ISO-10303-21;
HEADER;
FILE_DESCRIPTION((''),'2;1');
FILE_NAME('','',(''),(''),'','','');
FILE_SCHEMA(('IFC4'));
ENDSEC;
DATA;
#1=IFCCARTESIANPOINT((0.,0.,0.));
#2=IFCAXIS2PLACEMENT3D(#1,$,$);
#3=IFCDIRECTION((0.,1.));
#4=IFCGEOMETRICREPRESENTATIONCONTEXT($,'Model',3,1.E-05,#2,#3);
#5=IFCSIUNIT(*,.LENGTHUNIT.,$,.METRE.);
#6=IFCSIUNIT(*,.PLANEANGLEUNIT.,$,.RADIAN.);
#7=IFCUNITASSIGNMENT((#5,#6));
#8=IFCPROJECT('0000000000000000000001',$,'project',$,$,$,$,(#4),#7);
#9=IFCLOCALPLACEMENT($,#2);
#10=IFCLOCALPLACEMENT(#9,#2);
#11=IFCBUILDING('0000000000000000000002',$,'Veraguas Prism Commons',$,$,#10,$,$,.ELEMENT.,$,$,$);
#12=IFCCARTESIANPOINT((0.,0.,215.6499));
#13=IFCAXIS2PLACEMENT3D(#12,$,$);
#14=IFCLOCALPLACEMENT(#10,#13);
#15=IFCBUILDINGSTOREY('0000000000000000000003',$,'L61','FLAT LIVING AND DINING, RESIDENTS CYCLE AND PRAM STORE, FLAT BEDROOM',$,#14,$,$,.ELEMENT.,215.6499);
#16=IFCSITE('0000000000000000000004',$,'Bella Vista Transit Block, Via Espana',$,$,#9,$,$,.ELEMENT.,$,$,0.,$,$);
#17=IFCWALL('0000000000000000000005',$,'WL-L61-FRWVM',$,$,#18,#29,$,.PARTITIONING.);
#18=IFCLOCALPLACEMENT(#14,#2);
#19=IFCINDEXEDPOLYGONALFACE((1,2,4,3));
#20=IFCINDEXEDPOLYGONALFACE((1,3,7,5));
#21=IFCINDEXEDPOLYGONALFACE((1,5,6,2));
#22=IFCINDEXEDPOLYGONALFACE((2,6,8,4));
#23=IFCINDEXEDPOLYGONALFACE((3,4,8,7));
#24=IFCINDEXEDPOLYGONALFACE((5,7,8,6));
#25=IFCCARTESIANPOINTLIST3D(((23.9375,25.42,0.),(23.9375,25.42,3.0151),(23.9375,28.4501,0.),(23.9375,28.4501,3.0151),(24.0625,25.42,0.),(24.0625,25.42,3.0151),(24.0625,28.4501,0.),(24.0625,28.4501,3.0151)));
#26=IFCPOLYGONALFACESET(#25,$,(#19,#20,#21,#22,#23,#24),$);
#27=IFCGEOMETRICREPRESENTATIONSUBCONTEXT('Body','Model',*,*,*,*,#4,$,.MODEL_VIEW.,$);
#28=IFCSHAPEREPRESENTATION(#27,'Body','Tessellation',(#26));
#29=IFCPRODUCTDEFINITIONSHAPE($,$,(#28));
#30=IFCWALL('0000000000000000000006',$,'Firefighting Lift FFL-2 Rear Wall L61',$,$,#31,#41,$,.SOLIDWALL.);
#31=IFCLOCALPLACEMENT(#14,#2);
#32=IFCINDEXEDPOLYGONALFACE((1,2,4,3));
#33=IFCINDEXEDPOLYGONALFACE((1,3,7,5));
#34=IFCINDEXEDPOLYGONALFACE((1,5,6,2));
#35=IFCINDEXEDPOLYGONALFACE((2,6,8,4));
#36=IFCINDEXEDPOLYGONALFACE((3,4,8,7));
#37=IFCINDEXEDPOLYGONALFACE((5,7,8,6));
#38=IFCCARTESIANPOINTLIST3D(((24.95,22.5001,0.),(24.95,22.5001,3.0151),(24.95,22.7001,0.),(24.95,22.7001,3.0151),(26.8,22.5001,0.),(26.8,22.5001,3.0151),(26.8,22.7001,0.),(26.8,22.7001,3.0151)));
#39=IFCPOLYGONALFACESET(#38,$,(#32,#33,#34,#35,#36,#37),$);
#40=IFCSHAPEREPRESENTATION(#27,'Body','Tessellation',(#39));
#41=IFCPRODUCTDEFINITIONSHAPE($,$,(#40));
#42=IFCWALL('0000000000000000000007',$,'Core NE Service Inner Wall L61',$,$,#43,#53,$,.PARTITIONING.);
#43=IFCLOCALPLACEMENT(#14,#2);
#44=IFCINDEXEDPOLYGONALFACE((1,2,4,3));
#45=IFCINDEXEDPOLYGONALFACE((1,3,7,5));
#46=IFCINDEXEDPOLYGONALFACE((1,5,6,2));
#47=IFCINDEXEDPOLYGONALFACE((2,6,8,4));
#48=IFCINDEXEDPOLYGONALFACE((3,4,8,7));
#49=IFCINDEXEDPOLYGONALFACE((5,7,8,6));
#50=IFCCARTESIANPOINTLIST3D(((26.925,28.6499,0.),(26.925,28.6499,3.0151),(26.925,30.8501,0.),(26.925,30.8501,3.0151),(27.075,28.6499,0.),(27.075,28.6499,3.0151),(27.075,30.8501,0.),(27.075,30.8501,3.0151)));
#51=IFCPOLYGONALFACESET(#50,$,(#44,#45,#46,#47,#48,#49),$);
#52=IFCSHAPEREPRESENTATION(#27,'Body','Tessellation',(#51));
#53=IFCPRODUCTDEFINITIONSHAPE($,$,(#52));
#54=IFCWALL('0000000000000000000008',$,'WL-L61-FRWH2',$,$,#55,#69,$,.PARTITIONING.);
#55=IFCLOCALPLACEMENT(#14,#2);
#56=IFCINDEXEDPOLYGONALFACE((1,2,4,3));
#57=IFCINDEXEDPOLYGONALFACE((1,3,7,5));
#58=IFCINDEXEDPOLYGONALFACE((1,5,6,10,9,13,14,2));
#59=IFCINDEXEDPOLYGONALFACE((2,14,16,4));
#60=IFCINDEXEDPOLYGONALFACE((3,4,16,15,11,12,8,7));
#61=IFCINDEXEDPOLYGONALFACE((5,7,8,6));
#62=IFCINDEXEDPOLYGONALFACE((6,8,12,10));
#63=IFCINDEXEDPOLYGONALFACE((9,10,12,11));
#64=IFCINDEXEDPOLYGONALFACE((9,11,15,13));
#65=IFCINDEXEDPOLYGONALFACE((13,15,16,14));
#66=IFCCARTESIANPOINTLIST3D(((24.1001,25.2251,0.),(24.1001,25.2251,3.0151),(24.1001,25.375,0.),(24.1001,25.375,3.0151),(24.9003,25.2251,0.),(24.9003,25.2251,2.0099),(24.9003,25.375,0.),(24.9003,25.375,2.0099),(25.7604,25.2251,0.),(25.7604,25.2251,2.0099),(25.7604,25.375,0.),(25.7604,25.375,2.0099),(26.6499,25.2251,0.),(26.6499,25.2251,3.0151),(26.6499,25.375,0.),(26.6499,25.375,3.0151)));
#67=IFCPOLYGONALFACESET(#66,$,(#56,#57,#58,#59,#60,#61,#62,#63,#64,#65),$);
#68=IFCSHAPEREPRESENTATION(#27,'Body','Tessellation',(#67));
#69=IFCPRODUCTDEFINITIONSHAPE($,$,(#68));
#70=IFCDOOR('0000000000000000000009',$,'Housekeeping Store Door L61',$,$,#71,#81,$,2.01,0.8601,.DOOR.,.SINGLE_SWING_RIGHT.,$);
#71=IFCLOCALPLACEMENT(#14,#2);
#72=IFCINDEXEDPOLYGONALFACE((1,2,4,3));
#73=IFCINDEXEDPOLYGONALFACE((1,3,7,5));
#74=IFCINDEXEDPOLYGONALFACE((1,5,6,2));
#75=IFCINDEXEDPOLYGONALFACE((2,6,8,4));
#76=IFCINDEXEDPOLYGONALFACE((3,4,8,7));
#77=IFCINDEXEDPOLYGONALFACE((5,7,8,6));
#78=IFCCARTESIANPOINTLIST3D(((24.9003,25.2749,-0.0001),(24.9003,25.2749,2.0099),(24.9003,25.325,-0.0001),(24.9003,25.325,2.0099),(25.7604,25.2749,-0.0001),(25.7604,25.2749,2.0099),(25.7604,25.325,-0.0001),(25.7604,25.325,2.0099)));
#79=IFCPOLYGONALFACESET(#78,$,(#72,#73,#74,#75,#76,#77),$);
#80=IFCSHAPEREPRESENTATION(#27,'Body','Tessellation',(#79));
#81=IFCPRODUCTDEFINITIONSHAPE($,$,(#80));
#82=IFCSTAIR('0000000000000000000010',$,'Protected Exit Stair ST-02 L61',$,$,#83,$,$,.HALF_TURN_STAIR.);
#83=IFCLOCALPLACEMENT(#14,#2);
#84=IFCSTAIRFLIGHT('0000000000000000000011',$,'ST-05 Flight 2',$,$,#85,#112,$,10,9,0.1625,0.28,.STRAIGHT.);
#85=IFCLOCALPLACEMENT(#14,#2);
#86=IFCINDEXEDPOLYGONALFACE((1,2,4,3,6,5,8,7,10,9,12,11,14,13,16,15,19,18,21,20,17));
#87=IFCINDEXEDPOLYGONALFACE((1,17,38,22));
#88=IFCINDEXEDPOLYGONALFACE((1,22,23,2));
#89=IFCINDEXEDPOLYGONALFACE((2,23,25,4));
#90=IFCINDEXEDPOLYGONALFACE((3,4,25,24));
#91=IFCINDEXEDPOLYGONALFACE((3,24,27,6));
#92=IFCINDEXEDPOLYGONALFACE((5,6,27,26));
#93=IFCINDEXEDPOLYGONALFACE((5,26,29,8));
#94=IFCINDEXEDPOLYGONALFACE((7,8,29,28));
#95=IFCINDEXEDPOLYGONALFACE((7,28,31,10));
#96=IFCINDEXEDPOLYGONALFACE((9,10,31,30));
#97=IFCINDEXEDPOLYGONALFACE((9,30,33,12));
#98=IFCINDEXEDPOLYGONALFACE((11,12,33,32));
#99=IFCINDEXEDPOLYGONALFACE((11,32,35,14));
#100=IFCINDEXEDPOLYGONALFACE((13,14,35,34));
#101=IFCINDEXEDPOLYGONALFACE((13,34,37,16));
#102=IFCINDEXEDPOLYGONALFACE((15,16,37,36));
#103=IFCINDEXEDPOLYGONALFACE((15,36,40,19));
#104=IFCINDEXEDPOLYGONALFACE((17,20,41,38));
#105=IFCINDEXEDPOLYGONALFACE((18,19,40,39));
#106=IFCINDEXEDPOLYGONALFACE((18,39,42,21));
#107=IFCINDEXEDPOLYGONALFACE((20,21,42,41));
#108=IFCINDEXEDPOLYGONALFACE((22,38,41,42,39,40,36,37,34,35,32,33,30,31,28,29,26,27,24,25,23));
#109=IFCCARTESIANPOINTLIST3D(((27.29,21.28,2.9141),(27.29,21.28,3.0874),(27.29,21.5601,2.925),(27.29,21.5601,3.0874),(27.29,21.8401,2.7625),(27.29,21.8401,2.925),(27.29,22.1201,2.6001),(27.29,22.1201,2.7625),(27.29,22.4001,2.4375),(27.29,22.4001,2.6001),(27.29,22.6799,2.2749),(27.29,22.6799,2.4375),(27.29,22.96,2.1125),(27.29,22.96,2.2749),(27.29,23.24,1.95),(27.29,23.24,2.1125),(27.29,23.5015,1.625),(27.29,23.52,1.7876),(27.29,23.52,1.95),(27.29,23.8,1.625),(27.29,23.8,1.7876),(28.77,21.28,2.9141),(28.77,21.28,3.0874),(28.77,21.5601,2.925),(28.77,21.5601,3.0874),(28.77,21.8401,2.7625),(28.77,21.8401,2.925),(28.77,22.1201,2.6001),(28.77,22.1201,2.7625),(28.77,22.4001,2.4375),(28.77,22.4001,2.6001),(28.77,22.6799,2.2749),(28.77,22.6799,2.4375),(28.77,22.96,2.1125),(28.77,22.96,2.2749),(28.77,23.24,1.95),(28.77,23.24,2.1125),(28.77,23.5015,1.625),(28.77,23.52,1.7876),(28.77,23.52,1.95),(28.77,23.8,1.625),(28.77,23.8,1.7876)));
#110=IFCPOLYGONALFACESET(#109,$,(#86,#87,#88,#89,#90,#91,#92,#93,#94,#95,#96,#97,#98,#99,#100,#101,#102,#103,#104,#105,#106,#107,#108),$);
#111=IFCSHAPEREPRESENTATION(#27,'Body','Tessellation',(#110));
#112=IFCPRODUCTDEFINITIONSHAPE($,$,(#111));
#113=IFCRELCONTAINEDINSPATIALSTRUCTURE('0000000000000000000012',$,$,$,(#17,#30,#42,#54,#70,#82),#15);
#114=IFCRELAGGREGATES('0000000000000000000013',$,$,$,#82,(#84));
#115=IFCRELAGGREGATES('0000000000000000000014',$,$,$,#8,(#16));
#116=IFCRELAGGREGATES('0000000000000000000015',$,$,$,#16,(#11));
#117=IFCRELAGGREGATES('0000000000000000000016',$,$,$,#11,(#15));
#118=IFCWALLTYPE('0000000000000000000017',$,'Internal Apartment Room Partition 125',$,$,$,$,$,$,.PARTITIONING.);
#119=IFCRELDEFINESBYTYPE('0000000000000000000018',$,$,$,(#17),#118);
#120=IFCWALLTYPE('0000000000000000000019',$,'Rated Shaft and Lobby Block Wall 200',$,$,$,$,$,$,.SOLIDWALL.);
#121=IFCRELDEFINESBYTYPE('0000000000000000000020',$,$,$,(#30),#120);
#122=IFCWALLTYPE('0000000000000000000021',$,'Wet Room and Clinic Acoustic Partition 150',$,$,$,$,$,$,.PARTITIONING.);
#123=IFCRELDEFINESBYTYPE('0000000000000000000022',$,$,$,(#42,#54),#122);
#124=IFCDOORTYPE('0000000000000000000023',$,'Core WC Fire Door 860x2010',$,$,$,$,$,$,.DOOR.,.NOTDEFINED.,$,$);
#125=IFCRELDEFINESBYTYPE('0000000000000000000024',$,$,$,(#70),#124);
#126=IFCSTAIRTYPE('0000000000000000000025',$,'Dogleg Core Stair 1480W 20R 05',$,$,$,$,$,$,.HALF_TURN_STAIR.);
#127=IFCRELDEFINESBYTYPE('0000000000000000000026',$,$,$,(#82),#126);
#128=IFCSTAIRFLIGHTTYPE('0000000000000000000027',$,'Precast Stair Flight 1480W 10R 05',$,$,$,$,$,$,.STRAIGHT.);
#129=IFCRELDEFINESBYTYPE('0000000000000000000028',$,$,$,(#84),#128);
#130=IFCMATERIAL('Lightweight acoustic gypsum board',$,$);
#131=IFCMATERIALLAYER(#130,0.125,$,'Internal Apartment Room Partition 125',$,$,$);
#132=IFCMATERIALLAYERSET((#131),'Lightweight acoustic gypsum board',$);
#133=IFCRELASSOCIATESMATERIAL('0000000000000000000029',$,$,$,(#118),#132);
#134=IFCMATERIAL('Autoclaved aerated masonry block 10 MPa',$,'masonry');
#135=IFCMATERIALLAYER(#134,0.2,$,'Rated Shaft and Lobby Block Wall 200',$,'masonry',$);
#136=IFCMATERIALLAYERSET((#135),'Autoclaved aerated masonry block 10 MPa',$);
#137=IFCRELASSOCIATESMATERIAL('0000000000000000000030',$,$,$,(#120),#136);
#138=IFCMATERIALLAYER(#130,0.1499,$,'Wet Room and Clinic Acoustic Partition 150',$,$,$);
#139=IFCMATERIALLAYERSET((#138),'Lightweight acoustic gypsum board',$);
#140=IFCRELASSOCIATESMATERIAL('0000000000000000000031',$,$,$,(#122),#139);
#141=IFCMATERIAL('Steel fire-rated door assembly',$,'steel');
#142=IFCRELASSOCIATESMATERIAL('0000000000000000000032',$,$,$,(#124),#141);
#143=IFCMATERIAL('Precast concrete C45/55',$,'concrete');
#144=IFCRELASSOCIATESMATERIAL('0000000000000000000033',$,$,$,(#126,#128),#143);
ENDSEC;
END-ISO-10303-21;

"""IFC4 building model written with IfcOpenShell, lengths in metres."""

from ifc_helpers import new_model, si_unit, direction, frame, frame_2d, origin, place, context, subcontext, project, spatial, polyline, rectangle, outline, extrude, source, transform, mapped, material, layer, layer_set, type_object, element, fill, aggregate, save


model = new_model("IFC4")

# Units and contexts
model_context = context("Model", 3, precision=1e-05, world=origin(), true_north=direction((0.0, 1.0)))
body_context = subcontext(model_context, "Body", "Model", "MODEL_VIEW")
ifc_project = project(units=[si_unit("LENGTHUNIT", "METRE"), si_unit("PLANEANGLEUNIT", "RADIAN")], contexts=[model_context])

# Site, building, storey
site_placement = place(None, origin())
site = spatial("IfcSite", under=ifc_project, at=site_placement, Name="Bella Vista Transit Block, Via Espana", CompositionType="ELEMENT", RefElevation=0.0)
building_placement = place(site_placement, origin())
building = spatial("IfcBuilding", under=site, at=building_placement, Name="Veraguas Prism Commons", CompositionType="ELEMENT")
storey_placement = place(building_placement, frame((0.0, 0.0, 215.6499)))
storey = spatial("IfcBuildingStorey", under=building, at=storey_placement, Name="L61", Description="FLAT LIVING AND DINING, RESIDENTS CYCLE AND PRAM STORE, FLAT BEDROOM", CompositionType="ELEMENT", Elevation=215.6499)

# Shared definitions
ifc_material_1 = material(Name="Steel fire-rated door assembly", Category="steel")
ifc_material_2 = material(Name="Autoclaved aerated masonry block 10 MPa", Category="masonry")

# Walls
ifc_material_3 = material(Name="Lightweight acoustic gypsum board")
ifc_layer_1 = layer(ifc_material_3, 0.125, Name="Internal Apartment Room Partition 125")
ifc_layer_set_1 = layer_set([ifc_layer_1], Name="Lightweight acoustic gypsum board")
wall_type_1 = type_object("IfcWallType", Name="Internal Apartment Room Partition 125", PredefinedType="PARTITIONING", material=ifc_layer_set_1)
wall_1_placement = place(storey_placement, frame((24.0, 25.4199, 0.0), z_axis=(0.0, 0.0, 1.0), x_axis=(0.0, 1.0, 0.0)))
element("IfcWall", 1, at=wall_1_placement, inside=storey, type_object=wall_type_1, Name="WL-L61-FRWVM", PredefinedType="PARTITIONING", context=body_context, shape_type="SweptSolid", body=[
    extrude(rectangle(XDim=3.03, YDim=0.125, at=frame_2d((1.5151, 0.0))), origin(), (0.0, 0.0, 1.0), 3.0151),
])
ifc_layer_2 = layer(ifc_material_2, 0.2, Name="Rated Shaft and Lobby Block Wall 200", Category="masonry")
ifc_layer_set_2 = layer_set([ifc_layer_2], Name="Autoclaved aerated masonry block 10 MPa")
wall_type_2 = type_object("IfcWallType", Name="Rated Shaft and Lobby Block Wall 200", PredefinedType="SOLIDWALL", material=ifc_layer_set_2)
wall_2_placement = place(storey_placement, frame((24.95, 22.6001, 0.0), z_axis=(0.0, 0.0, 1.0), x_axis=(1.0, 0.0, 0.0)))
element("IfcWall", 2, at=wall_2_placement, inside=storey, type_object=wall_type_2, Name="Firefighting Lift FFL-2 Rear Wall L61", PredefinedType="SOLIDWALL", context=body_context, shape_type="SweptSolid", body=[
    extrude(rectangle(XDim=1.8501, YDim=0.2, at=frame_2d((0.925, 0.0))), origin(), (0.0, 0.0, 1.0), 3.0151),
])
ifc_layer_3 = layer(ifc_material_3, 0.1499, Name="Wet Room and Clinic Acoustic Partition 150")
ifc_layer_set_3 = layer_set([ifc_layer_3], Name="Lightweight acoustic gypsum board")
wall_type_3 = type_object("IfcWallType", Name="Wet Room and Clinic Acoustic Partition 150", PredefinedType="PARTITIONING", material=ifc_layer_set_3)
wall_3_placement = place(storey_placement, frame((27.0, 28.6499, 0.0), z_axis=(0.0, 0.0, 1.0), x_axis=(0.0, 1.0, 0.0)))
element("IfcWall", 3, at=wall_3_placement, inside=storey, type_object=wall_type_3, Name="Core NE Service Inner Wall L61", PredefinedType="PARTITIONING", context=body_context, shape_type="SweptSolid", body=[
    extrude(rectangle(XDim=2.2002, YDim=0.1499, at=frame_2d((1.1001, 0.0))), origin(), (0.0, 0.0, 1.0), 3.0151),
])

# Wall, opening, door
wall_4_placement = place(storey_placement, frame((24.1001, 25.3, 0.0), z_axis=(0.0, 0.0, 1.0), x_axis=(1.0, 0.0, 0.0)))
wall_4 = element("IfcWall", 4, at=wall_4_placement, inside=storey, type_object=wall_type_3, Name="WL-L61-FRWH2", PredefinedType="PARTITIONING", context=body_context, shape_type="SweptSolid", body=[
    extrude(rectangle(XDim=2.5498, YDim=0.1499, at=frame_2d((1.2749, 0.0))), origin(), (0.0, 0.0, 1.0), 3.0151),
])
opening_1_placement = place(wall_4_placement, frame((0.8, 0.0, 0.0)))
opening_1 = element("IfcOpeningElement", 5, at=opening_1_placement, cuts=wall_4, PredefinedType="OPENING", context=body_context, shape_type="SweptSolid", body=[
    extrude(rectangle(XDim=0.8601, YDim=2.01, at=frame_2d((0.4302, 1.0049))), frame((0.0, 0.085, 0.0), z_axis=(0.0, -1.0, 0.0), x_axis=(1.0, 0.0, 0.0)), (0.0, 0.0, 1.0), 0.1699),
])
door_type_1 = type_object("IfcDoorType", Name="Core WC Fire Door 860x2010", OperationType="NOTDEFINED", PredefinedType="DOOR", material=ifc_material_1)
shared_shape_1 = source(origin(), body_context, "Body", "SweptSolid", [
    extrude(rectangle(XDim=0.8601, YDim=2.01, at=frame_2d((0.4302, 1.0049))), frame((0.0, 0.0249, 0.0), z_axis=(0.0, -1.0, 0.0), x_axis=(1.0, 0.0, 0.0)), (0.0, 0.0, 1.0), 0.05),
])
door_1_placement = place(opening_1_placement, origin())
door_1 = element("IfcDoor", 6, at=door_1_placement, inside=storey, type_object=door_type_1, Name="Housekeeping Store Door L61", OperationType="SINGLE_SWING_RIGHT", OverallHeight=2.01, OverallWidth=0.8601, PredefinedType="DOOR", context=body_context, shape_type="MappedRepresentation", body=[
    mapped(shared_shape_1, transform((0.0, 0.0, 0.0), scale=1.0)),
])
fill(opening_1, door_1)

# Stair, stair flight
ifc_material_4 = material(Name="Precast concrete C45/55", Category="concrete")
stair_type = type_object("IfcStairType", Name="Dogleg Core Stair 1480W 20R 05", PredefinedType="HALF_TURN_STAIR", material=ifc_material_4)
stair_placement = place(storey_placement, origin())
stair = element("IfcStair", 7, at=stair_placement, inside=storey, type_object=stair_type, Name="Protected Exit Stair ST-02 L61", PredefinedType="HALF_TURN_STAIR")
stair_flight_type = type_object("IfcStairFlightType", Name="Precast Stair Flight 1480W 10R 05", PredefinedType="STRAIGHT", material=ifc_material_4)
stair_flight_placement = place(storey_placement, frame((28.03, 23.8, 1.625), z_axis=(0.0, 0.0, 1.0), x_axis=(0.0, -1.0, 0.0)))
stair_flight = element("IfcStairFlight", 8, at=stair_flight_placement, type_object=stair_flight_type, Name="ST-05 Flight 2", NumberOfRisers=10, NumberOfTreads=9, PredefinedType="STRAIGHT", RiserHeight=0.1625, TreadLength=0.28, context=body_context, shape_type="SweptSolid", body=[
    extrude(outline(polyline([(0.0, 0.0), (0.0, 0.1626), (0.28, 0.1626), (0.28, 0.325), (0.5601, 0.325), (0.5601, 0.4875), (0.8401, 0.4875), (0.8401, 0.6499), (1.1201, 0.6499), (1.1201, 0.8125), (1.3999, 0.8125), (1.3999, 0.9751), (1.6799, 0.9751), (1.6799, 1.1375), (1.96, 1.1375), (1.96, 1.3), (2.24, 1.3), (2.24, 1.4624), (2.52, 1.4624), (2.52, 1.625), (2.52, 1.2891), (0.2986, 0.0), (0.0, 0.0)])), frame((0.0, 0.74, 0.0), z_axis=(0.0, -1.0, 0.0), x_axis=(1.0, 0.0, 0.0)), (0.0, 0.0, 1.0), 1.48),
])
aggregate(stair, [stair_flight])

save(model, "model.ifc")
